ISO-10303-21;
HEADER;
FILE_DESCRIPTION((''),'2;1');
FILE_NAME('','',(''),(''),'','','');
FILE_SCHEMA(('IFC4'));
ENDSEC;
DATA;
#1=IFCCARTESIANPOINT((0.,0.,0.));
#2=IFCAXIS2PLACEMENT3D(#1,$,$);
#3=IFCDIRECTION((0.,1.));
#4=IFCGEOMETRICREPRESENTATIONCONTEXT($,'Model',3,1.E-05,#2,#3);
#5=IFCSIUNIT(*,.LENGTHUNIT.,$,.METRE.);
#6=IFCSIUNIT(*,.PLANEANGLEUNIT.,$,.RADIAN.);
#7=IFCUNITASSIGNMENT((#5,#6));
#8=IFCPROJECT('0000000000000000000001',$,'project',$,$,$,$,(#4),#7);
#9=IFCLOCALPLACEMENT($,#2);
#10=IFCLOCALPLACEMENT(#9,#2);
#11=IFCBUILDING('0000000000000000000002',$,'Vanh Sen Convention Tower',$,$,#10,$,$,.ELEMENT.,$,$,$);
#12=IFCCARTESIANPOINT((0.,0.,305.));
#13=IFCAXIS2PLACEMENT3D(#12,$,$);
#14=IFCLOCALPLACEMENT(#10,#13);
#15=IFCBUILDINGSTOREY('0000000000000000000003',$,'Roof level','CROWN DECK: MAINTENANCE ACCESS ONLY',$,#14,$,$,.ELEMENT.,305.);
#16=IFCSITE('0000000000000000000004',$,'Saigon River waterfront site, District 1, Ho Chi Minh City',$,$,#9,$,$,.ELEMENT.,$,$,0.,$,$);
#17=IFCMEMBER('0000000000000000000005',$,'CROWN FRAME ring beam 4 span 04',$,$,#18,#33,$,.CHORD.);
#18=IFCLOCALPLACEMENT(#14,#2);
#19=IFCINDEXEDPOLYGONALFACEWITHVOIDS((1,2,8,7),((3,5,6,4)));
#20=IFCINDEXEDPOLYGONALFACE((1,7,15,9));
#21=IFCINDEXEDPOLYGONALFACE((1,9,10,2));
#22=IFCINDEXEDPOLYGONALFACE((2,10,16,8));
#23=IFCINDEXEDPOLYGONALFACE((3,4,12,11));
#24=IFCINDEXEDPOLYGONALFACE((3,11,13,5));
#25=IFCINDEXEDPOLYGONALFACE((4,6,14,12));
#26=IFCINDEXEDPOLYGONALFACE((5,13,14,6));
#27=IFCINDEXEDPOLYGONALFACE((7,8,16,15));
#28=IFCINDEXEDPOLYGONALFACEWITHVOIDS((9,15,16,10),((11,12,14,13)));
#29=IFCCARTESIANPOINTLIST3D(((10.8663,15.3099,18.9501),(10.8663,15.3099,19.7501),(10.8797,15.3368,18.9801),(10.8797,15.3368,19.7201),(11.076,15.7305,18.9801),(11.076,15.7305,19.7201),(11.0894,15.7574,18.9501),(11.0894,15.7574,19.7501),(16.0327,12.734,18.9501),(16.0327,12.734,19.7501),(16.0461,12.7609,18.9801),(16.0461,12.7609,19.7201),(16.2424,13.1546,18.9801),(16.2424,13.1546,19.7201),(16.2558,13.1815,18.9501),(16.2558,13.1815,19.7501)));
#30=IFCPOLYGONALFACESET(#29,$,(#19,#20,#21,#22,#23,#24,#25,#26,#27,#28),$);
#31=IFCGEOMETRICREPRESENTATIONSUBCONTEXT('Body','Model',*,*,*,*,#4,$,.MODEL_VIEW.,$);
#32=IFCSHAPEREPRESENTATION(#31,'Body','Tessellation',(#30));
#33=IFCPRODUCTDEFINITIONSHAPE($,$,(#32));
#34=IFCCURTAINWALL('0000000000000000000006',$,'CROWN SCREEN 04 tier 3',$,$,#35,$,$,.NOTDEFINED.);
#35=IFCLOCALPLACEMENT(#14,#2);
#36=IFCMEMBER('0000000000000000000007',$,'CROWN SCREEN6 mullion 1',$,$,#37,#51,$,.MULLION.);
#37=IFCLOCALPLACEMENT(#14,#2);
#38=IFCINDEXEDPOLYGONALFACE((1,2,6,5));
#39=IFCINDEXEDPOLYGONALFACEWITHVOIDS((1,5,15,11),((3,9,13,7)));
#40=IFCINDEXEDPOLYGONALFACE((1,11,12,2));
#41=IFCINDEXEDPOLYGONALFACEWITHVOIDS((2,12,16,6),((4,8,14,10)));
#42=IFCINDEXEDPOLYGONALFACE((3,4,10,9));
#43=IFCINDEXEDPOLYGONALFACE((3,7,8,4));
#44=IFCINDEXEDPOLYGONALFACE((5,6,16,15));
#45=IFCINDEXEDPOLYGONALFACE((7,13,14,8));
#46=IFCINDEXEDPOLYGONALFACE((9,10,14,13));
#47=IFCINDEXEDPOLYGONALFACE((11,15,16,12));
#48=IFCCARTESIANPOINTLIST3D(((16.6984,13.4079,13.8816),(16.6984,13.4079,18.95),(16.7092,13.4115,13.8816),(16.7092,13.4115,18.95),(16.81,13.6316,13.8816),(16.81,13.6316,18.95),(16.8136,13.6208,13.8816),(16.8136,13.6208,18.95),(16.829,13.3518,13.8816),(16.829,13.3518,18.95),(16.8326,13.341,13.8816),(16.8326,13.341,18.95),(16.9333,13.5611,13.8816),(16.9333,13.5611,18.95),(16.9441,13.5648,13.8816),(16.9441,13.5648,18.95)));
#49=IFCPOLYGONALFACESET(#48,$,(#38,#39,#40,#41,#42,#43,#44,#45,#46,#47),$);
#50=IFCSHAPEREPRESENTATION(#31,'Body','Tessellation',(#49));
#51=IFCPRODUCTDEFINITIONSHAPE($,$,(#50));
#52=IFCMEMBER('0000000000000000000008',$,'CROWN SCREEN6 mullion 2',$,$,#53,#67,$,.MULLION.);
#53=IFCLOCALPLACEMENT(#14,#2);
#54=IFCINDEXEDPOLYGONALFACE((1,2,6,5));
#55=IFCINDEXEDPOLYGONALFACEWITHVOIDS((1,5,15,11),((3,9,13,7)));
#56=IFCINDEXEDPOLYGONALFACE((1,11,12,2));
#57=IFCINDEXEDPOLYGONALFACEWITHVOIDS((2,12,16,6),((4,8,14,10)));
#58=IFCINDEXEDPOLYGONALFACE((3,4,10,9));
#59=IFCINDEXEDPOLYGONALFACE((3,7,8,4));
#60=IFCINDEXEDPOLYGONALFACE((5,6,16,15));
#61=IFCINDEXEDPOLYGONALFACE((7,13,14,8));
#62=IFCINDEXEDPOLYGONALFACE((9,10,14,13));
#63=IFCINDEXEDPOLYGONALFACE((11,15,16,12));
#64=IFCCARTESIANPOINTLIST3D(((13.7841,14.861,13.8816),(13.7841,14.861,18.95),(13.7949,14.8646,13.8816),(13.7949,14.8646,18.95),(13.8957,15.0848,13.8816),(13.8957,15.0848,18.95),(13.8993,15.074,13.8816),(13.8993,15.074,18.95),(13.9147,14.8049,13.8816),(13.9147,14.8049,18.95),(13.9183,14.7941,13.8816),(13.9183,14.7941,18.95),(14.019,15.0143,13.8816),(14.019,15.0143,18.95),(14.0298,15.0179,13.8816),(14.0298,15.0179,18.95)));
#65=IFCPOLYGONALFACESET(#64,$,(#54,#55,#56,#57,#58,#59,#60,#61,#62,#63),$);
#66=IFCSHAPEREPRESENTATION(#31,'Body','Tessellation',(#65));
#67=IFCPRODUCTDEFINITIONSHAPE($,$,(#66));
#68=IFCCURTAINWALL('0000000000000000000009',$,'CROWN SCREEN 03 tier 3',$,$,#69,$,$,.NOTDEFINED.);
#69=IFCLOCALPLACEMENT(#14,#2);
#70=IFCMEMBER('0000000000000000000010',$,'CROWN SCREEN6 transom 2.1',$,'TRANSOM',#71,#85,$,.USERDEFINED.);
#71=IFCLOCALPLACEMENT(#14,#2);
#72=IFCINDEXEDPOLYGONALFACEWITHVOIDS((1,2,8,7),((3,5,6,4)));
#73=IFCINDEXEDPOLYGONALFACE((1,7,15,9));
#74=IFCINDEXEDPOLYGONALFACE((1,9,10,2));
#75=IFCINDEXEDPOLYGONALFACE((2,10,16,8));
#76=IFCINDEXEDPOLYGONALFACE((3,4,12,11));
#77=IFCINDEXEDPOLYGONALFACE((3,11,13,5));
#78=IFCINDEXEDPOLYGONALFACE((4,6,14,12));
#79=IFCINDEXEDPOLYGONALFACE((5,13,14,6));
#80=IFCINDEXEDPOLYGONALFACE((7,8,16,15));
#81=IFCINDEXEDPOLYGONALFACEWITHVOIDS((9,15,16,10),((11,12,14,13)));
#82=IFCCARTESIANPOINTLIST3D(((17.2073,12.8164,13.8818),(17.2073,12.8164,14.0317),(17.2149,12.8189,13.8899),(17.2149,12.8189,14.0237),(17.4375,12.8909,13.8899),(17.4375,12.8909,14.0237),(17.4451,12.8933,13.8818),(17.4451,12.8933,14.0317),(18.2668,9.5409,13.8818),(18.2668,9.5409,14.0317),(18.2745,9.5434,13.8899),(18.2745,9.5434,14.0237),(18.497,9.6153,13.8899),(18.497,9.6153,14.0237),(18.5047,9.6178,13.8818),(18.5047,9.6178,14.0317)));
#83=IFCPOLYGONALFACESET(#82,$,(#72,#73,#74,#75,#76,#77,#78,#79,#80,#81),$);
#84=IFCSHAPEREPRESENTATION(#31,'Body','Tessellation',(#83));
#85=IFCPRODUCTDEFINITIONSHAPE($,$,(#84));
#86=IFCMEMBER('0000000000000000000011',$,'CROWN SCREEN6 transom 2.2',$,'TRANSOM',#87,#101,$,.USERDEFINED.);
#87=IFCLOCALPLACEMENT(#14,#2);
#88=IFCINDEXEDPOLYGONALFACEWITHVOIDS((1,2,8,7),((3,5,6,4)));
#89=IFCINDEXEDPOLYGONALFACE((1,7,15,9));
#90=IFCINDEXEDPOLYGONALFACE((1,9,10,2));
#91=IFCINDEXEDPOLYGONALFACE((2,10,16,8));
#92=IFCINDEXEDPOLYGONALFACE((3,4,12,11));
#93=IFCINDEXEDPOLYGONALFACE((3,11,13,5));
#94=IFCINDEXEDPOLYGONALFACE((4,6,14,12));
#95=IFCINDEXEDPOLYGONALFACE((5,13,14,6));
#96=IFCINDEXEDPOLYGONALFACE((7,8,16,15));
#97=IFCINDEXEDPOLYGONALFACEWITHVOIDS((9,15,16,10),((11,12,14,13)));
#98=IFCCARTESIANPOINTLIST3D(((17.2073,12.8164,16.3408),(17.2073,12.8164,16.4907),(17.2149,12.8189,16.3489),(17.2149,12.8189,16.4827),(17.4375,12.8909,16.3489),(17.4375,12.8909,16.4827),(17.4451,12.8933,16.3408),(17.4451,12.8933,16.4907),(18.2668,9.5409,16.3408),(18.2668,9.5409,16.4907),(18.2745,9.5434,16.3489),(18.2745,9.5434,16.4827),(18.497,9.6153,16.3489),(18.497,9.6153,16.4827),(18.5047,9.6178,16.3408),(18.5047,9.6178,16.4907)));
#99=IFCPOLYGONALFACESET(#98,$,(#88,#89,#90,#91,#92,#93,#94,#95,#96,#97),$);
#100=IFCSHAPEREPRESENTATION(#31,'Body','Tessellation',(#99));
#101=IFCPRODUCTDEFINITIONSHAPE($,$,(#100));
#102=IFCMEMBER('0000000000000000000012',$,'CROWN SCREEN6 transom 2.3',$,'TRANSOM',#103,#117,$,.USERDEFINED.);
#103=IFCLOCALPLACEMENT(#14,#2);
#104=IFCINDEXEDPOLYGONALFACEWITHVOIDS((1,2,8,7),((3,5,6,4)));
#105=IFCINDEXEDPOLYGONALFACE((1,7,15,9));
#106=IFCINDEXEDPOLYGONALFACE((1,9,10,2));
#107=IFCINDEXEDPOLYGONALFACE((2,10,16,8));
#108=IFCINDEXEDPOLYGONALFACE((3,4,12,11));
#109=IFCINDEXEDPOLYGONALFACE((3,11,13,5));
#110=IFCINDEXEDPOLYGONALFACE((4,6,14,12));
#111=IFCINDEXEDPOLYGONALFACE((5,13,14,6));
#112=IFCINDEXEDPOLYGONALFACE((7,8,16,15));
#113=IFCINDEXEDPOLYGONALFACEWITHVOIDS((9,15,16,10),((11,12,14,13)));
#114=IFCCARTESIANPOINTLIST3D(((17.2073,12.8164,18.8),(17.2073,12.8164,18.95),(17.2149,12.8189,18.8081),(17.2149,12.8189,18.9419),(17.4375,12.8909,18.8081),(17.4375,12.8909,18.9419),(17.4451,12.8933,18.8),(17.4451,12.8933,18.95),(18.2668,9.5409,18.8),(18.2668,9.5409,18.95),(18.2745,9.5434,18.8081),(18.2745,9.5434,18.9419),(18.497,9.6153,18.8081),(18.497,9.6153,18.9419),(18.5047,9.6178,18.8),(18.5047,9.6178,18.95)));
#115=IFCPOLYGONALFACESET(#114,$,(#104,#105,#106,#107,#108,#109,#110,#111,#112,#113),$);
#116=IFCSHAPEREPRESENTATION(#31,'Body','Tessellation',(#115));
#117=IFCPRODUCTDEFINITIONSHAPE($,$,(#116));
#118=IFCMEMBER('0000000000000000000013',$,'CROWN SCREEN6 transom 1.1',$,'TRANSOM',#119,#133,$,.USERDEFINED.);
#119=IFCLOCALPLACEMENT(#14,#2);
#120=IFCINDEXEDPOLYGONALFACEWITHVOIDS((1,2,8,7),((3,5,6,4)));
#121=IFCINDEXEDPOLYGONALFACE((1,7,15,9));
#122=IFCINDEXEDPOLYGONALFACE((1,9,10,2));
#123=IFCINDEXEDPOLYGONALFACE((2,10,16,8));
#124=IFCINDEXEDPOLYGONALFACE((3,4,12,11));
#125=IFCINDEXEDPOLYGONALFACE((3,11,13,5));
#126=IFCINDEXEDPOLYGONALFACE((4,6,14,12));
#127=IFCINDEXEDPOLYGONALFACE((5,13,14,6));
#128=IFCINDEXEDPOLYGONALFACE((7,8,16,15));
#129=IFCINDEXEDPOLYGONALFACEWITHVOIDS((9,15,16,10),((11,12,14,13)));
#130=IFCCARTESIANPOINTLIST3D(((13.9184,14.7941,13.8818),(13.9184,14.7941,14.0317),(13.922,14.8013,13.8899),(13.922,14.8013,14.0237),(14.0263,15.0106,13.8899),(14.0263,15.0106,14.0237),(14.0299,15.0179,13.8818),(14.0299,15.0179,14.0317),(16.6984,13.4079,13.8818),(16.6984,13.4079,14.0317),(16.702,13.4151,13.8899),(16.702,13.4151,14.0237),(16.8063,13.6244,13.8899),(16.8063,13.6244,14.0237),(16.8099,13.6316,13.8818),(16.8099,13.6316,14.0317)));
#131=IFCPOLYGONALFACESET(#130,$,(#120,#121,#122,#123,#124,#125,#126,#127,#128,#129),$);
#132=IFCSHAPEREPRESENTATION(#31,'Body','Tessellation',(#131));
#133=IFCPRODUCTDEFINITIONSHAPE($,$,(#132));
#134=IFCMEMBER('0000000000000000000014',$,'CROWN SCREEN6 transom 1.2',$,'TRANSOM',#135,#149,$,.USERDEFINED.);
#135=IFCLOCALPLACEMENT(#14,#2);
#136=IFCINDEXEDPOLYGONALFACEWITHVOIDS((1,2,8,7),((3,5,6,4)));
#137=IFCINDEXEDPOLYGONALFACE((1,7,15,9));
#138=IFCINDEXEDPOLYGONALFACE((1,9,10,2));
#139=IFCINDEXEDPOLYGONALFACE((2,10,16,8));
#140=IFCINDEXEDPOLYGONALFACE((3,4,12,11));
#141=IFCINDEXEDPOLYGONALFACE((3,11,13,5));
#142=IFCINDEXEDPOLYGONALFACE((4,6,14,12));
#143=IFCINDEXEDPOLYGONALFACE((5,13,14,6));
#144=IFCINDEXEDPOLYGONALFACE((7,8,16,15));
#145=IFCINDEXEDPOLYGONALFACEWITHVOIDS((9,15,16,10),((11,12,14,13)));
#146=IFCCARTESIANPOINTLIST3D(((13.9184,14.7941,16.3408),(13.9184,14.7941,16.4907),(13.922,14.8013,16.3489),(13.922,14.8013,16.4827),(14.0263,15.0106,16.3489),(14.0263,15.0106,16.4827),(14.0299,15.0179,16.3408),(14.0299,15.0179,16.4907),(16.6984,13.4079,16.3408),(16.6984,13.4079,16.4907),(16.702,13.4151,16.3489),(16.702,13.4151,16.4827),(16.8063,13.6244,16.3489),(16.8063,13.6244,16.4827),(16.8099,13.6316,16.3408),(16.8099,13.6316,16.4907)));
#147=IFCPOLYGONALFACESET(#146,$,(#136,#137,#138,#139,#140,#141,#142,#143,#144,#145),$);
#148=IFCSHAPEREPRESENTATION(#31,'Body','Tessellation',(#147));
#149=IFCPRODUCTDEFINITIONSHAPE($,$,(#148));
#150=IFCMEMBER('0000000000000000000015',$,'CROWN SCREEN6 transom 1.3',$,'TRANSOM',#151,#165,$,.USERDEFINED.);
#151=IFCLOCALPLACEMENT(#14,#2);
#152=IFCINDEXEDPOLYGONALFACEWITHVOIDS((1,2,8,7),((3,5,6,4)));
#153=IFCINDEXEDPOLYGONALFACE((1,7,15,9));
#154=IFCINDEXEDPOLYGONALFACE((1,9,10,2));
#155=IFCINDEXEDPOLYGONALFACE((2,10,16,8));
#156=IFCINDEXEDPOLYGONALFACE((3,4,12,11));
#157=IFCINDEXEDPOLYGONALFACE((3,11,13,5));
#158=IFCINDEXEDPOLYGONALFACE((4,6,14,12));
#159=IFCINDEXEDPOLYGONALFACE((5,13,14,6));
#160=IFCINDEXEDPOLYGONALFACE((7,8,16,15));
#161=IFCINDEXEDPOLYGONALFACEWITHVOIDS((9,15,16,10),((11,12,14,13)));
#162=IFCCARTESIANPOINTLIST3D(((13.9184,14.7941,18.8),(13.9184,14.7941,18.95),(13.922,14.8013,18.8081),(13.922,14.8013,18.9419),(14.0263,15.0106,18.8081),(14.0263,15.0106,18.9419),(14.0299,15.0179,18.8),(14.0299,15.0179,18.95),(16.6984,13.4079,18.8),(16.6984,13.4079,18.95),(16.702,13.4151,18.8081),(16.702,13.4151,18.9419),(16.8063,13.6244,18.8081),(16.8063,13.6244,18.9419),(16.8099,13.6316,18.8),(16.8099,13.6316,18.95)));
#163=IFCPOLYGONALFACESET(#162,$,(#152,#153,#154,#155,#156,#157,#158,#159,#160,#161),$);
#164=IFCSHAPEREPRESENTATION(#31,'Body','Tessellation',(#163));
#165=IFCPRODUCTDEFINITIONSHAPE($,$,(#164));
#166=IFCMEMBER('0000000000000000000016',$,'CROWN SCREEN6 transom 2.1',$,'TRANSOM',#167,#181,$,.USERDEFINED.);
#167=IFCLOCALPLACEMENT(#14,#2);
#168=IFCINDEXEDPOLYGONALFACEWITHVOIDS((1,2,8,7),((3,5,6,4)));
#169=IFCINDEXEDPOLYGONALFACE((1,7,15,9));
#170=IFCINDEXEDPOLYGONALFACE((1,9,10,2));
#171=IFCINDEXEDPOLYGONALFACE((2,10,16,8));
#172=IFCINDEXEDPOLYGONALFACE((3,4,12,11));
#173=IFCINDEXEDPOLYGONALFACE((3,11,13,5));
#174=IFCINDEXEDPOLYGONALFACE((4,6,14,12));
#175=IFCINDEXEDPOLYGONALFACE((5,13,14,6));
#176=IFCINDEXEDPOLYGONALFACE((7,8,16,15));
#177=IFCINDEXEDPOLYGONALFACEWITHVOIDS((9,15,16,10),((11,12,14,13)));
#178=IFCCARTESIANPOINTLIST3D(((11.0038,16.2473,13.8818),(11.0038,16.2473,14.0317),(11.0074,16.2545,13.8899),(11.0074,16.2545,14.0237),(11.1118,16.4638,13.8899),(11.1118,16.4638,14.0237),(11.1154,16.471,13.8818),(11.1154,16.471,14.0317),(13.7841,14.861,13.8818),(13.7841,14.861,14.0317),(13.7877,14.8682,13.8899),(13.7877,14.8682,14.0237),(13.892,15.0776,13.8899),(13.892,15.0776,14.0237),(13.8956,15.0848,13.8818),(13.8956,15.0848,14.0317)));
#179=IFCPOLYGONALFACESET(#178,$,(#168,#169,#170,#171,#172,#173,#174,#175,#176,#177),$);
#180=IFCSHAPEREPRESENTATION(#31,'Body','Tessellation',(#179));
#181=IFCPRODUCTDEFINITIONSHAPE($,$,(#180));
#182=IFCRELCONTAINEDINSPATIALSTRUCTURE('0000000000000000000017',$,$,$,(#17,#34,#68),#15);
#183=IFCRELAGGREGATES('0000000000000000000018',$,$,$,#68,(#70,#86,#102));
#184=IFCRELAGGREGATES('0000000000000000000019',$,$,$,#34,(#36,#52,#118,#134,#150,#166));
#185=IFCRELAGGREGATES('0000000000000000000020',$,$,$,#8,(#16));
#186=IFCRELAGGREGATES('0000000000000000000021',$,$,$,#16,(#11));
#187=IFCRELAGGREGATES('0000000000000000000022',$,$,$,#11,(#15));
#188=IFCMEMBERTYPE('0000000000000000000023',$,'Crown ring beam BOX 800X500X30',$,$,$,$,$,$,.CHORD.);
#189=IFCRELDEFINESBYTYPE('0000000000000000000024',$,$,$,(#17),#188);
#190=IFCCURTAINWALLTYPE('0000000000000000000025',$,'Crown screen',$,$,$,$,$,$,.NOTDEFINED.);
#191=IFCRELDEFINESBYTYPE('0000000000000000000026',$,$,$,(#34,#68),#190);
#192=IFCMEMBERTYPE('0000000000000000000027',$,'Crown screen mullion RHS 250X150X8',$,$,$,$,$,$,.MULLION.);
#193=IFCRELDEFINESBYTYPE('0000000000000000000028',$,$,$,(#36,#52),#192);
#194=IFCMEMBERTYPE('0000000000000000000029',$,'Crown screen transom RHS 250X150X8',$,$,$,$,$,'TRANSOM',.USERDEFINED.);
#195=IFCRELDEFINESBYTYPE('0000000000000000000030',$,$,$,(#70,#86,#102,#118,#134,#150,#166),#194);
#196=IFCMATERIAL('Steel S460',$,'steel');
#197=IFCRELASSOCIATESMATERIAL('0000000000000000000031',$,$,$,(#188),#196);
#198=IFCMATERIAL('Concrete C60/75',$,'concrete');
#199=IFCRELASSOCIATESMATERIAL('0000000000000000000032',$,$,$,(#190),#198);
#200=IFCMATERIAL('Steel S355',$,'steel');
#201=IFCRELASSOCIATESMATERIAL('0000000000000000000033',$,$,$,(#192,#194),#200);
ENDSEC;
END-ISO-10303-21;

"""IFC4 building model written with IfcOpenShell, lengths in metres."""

from ifc_helpers import new_model, si_unit, direction, frame, origin, origin_2d, place, context, subcontext, project, spatial, hollow_rectangle, extrude, material, material_profile, profile_set, type_object, element, aggregate, save


model = new_model("IFC4")

# Units and contexts
model_context = context("Model", 3, precision=1e-05, world=origin(), true_north=direction((0.0, 1.0)))
body_context = subcontext(model_context, "Body", "Model", "MODEL_VIEW")
ifc_project = project(units=[si_unit("LENGTHUNIT", "METRE"), si_unit("PLANEANGLEUNIT", "RADIAN")], contexts=[model_context])

# Site, building, storey
site_placement = place(None, origin())
site = spatial("IfcSite", under=ifc_project, at=site_placement, Name="Saigon River waterfront site, District 1, Ho Chi Minh City", CompositionType="ELEMENT", RefElevation=0.0)
building_placement = place(site_placement, origin())
building = spatial("IfcBuilding", under=site, at=building_placement, Name="Vanh Sen Convention Tower", CompositionType="ELEMENT")
storey_placement = place(building_placement, frame((0.0, 0.0, 305.0)))
storey = spatial("IfcBuildingStorey", under=building, at=storey_placement, Name="Roof level", Description="CROWN DECK: MAINTENANCE ACCESS ONLY", CompositionType="ELEMENT", Elevation=305.0)

# Member
ifc_material_1 = material(Name="Steel S460", Category="steel")
ifc_material_profile_1 = material_profile(ifc_material_1, hollow_rectangle(XDim=0.5, YDim=0.8, WallThickness=0.03, at=origin_2d()), Name="BOX 800X500X30")
ifc_profile_set_1 = profile_set([ifc_material_profile_1], Name="Steel S460")
member_type_1 = type_object("IfcMemberType", Name="Crown ring beam BOX 800X500X30", PredefinedType="CHORD", material=ifc_profile_set_1)
member_1_placement = place(storey_placement, frame((16.1443, 12.9578, 19.3501), z_axis=(-0.894934, 0.446198, 0.0), x_axis=(-0.446198, -0.894934, 0.0)))
element("IfcMember", 1, at=member_1_placement, inside=storey, type_object=member_type_1, Name="CROWN FRAME ring beam 4 span 04", PredefinedType="CHORD", context=body_context, shape_type="SweptSolid", body=[
    extrude(hollow_rectangle(XDim=0.5, YDim=0.8, WallThickness=0.03, at=origin_2d()), origin(), (0.0, 0.0, 1.0), 5.7729),
])

# Curtain walls, members
ifc_material_2 = material(Name="Concrete C60/75", Category="concrete")
curtain_wall_type = type_object("IfcCurtainWallType", Name="Crown screen", PredefinedType="NOTDEFINED", material=ifc_material_2)
curtain_wall_1_placement = place(storey_placement, origin())
curtain_wall_1 = element("IfcCurtainWall", 2, at=curtain_wall_1_placement, inside=storey, type_object=curtain_wall_type, Name="CROWN SCREEN 04 tier 3", PredefinedType="NOTDEFINED")
ifc_material_3 = material(Name="Steel S355", Category="steel")
ifc_material_profile_2 = material_profile(ifc_material_3, hollow_rectangle(XDim=0.25, YDim=0.1499, WallThickness=0.0081, at=origin_2d()), Name="RHS 250X150X8")
ifc_profile_set_2 = profile_set([ifc_material_profile_2], Name="Steel S355")
member_type_2 = type_object("IfcMemberType", Name="Crown screen mullion RHS 250X150X8", PredefinedType="MULLION", material=ifc_profile_set_2)
member_2_placement = place(storey_placement, frame((16.8213, 13.4863, 13.8816), z_axis=(0.0, 0.0, 1.0), x_axis=(-0.446205, -0.894931, 0.0)))
member_2 = element("IfcMember", 3, at=member_2_placement, type_object=member_type_2, Name="CROWN SCREEN6 mullion 1", PredefinedType="MULLION", context=body_context, shape_type="SweptSolid", body=[
    extrude(hollow_rectangle(XDim=0.25, YDim=0.1499, WallThickness=0.0081, at=origin_2d()), origin(), (0.0, 0.0, 1.0), 5.0684),
])
member_3_placement = place(storey_placement, frame((13.907, 14.9395, 13.8816), z_axis=(0.0, 0.0, 1.0), x_axis=(-0.446205, -0.894931, 0.0)))
member_3 = element("IfcMember", 4, at=member_3_placement, type_object=member_type_2, Name="CROWN SCREEN6 mullion 2", PredefinedType="MULLION", context=body_context, shape_type="SweptSolid", body=[
    extrude(hollow_rectangle(XDim=0.25, YDim=0.1499, WallThickness=0.0081, at=origin_2d()), origin(), (0.0, 0.0, 1.0), 5.0684),
])
curtain_wall_2_placement = place(storey_placement, origin())
curtain_wall_2 = element("IfcCurtainWall", 5, at=curtain_wall_2_placement, inside=storey, type_object=curtain_wall_type, Name="CROWN SCREEN 03 tier 3", PredefinedType="NOTDEFINED")
ifc_material_profile_3 = material_profile(ifc_material_3, hollow_rectangle(XDim=0.25, YDim=0.1499, WallThickness=0.0081, at=origin_2d()), Name="RHS 250X150X8")
ifc_profile_set_3 = profile_set([ifc_material_profile_3], Name="Steel S355")
member_type_3 = type_object("IfcMemberType", Name="Crown screen transom RHS 250X150X8", ElementType="TRANSOM", PredefinedType="USERDEFINED", material=ifc_profile_set_3)
member_4_placement = place(storey_placement, frame((18.3857, 9.5793, 13.9568), z_axis=(-0.307769, 0.951461, 0.0), x_axis=(-0.951461, -0.307769, 0.0)))
member_4 = element("IfcMember", 6, at=member_4_placement, type_object=member_type_3, Name="CROWN SCREEN6 transom 2.1", ObjectType="TRANSOM", PredefinedType="USERDEFINED", context=body_context, shape_type="SweptSolid", body=[
    extrude(hollow_rectangle(XDim=0.25, YDim=0.1499, WallThickness=0.0081, at=origin_2d()), origin(), (0.0, 0.0, 1.0), 3.4426),
])
member_5_placement = place(storey_placement, frame((18.3857, 9.5793, 16.4158), z_axis=(-0.307769, 0.951461, 0.0), x_axis=(-0.951461, -0.307769, 0.0)))
member_5 = element("IfcMember", 7, at=member_5_placement, type_object=member_type_3, Name="CROWN SCREEN6 transom 2.2", ObjectType="TRANSOM", PredefinedType="USERDEFINED", context=body_context, shape_type="SweptSolid", body=[
    extrude(hollow_rectangle(XDim=0.25, YDim=0.1499, WallThickness=0.0081, at=origin_2d()), origin(), (0.0, 0.0, 1.0), 3.4426),
])
member_6_placement = place(storey_placement, frame((18.3857, 9.5793, 18.875), z_axis=(-0.307769, 0.951461, 0.0), x_axis=(-0.951461, -0.307769, 0.0)))
member_6 = element("IfcMember", 8, at=member_6_placement, type_object=member_type_3, Name="CROWN SCREEN6 transom 2.3", ObjectType="TRANSOM", PredefinedType="USERDEFINED", context=body_context, shape_type="SweptSolid", body=[
    extrude(hollow_rectangle(XDim=0.25, YDim=0.1499, WallThickness=0.0081, at=origin_2d()), origin(), (0.0, 0.0, 1.0), 3.4426),
])

# Members
member_7_placement = place(storey_placement, frame((16.7542, 13.5198, 13.9568), z_axis=(-0.894914, 0.446239, 0.0), x_axis=(-0.446239, -0.894914, 0.0)))
member_7 = element("IfcMember", 9, at=member_7_placement, type_object=member_type_3, Name="CROWN SCREEN6 transom 1.1", ObjectType="TRANSOM", PredefinedType="USERDEFINED", context=body_context, shape_type="SweptSolid", body=[
    extrude(hollow_rectangle(XDim=0.25, YDim=0.1499, WallThickness=0.0081, at=origin_2d()), origin(), (0.0, 0.0, 1.0), 3.1064),
])
member_8_placement = place(storey_placement, frame((16.7542, 13.5198, 16.4158), z_axis=(-0.894914, 0.446239, 0.0), x_axis=(-0.446239, -0.894914, 0.0)))
member_8 = element("IfcMember", 10, at=member_8_placement, type_object=member_type_3, Name="CROWN SCREEN6 transom 1.2", ObjectType="TRANSOM", PredefinedType="USERDEFINED", context=body_context, shape_type="SweptSolid", body=[
    extrude(hollow_rectangle(XDim=0.25, YDim=0.1499, WallThickness=0.0081, at=origin_2d()), origin(), (0.0, 0.0, 1.0), 3.1064),
])
member_9_placement = place(storey_placement, frame((16.7542, 13.5198, 18.875), z_axis=(-0.894914, 0.446239, 0.0), x_axis=(-0.446239, -0.894914, 0.0)))
member_9 = element("IfcMember", 11, at=member_9_placement, type_object=member_type_3, Name="CROWN SCREEN6 transom 1.3", ObjectType="TRANSOM", PredefinedType="USERDEFINED", context=body_context, shape_type="SweptSolid", body=[
    extrude(hollow_rectangle(XDim=0.25, YDim=0.1499, WallThickness=0.0081, at=origin_2d()), origin(), (0.0, 0.0, 1.0), 3.1064),
])
member_10_placement = place(storey_placement, frame((13.8398, 14.9729, 13.9568), z_axis=(-0.89493, 0.446207, 0.0), x_axis=(-0.446207, -0.89493, 0.0)))
member_10 = element("IfcMember", 12, at=member_10_placement, type_object=member_type_3, Name="CROWN SCREEN6 transom 2.1", ObjectType="TRANSOM", PredefinedType="USERDEFINED", context=body_context, shape_type="SweptSolid", body=[
    extrude(hollow_rectangle(XDim=0.25, YDim=0.1499, WallThickness=0.0081, at=origin_2d()), origin(), (0.0, 0.0, 1.0), 3.1067),
])

aggregate(curtain_wall_2, [member_4, member_5, member_6])
aggregate(curtain_wall_1, [member_2, member_3, member_7, member_8, member_9, member_10])

save(model, "model.ifc")
